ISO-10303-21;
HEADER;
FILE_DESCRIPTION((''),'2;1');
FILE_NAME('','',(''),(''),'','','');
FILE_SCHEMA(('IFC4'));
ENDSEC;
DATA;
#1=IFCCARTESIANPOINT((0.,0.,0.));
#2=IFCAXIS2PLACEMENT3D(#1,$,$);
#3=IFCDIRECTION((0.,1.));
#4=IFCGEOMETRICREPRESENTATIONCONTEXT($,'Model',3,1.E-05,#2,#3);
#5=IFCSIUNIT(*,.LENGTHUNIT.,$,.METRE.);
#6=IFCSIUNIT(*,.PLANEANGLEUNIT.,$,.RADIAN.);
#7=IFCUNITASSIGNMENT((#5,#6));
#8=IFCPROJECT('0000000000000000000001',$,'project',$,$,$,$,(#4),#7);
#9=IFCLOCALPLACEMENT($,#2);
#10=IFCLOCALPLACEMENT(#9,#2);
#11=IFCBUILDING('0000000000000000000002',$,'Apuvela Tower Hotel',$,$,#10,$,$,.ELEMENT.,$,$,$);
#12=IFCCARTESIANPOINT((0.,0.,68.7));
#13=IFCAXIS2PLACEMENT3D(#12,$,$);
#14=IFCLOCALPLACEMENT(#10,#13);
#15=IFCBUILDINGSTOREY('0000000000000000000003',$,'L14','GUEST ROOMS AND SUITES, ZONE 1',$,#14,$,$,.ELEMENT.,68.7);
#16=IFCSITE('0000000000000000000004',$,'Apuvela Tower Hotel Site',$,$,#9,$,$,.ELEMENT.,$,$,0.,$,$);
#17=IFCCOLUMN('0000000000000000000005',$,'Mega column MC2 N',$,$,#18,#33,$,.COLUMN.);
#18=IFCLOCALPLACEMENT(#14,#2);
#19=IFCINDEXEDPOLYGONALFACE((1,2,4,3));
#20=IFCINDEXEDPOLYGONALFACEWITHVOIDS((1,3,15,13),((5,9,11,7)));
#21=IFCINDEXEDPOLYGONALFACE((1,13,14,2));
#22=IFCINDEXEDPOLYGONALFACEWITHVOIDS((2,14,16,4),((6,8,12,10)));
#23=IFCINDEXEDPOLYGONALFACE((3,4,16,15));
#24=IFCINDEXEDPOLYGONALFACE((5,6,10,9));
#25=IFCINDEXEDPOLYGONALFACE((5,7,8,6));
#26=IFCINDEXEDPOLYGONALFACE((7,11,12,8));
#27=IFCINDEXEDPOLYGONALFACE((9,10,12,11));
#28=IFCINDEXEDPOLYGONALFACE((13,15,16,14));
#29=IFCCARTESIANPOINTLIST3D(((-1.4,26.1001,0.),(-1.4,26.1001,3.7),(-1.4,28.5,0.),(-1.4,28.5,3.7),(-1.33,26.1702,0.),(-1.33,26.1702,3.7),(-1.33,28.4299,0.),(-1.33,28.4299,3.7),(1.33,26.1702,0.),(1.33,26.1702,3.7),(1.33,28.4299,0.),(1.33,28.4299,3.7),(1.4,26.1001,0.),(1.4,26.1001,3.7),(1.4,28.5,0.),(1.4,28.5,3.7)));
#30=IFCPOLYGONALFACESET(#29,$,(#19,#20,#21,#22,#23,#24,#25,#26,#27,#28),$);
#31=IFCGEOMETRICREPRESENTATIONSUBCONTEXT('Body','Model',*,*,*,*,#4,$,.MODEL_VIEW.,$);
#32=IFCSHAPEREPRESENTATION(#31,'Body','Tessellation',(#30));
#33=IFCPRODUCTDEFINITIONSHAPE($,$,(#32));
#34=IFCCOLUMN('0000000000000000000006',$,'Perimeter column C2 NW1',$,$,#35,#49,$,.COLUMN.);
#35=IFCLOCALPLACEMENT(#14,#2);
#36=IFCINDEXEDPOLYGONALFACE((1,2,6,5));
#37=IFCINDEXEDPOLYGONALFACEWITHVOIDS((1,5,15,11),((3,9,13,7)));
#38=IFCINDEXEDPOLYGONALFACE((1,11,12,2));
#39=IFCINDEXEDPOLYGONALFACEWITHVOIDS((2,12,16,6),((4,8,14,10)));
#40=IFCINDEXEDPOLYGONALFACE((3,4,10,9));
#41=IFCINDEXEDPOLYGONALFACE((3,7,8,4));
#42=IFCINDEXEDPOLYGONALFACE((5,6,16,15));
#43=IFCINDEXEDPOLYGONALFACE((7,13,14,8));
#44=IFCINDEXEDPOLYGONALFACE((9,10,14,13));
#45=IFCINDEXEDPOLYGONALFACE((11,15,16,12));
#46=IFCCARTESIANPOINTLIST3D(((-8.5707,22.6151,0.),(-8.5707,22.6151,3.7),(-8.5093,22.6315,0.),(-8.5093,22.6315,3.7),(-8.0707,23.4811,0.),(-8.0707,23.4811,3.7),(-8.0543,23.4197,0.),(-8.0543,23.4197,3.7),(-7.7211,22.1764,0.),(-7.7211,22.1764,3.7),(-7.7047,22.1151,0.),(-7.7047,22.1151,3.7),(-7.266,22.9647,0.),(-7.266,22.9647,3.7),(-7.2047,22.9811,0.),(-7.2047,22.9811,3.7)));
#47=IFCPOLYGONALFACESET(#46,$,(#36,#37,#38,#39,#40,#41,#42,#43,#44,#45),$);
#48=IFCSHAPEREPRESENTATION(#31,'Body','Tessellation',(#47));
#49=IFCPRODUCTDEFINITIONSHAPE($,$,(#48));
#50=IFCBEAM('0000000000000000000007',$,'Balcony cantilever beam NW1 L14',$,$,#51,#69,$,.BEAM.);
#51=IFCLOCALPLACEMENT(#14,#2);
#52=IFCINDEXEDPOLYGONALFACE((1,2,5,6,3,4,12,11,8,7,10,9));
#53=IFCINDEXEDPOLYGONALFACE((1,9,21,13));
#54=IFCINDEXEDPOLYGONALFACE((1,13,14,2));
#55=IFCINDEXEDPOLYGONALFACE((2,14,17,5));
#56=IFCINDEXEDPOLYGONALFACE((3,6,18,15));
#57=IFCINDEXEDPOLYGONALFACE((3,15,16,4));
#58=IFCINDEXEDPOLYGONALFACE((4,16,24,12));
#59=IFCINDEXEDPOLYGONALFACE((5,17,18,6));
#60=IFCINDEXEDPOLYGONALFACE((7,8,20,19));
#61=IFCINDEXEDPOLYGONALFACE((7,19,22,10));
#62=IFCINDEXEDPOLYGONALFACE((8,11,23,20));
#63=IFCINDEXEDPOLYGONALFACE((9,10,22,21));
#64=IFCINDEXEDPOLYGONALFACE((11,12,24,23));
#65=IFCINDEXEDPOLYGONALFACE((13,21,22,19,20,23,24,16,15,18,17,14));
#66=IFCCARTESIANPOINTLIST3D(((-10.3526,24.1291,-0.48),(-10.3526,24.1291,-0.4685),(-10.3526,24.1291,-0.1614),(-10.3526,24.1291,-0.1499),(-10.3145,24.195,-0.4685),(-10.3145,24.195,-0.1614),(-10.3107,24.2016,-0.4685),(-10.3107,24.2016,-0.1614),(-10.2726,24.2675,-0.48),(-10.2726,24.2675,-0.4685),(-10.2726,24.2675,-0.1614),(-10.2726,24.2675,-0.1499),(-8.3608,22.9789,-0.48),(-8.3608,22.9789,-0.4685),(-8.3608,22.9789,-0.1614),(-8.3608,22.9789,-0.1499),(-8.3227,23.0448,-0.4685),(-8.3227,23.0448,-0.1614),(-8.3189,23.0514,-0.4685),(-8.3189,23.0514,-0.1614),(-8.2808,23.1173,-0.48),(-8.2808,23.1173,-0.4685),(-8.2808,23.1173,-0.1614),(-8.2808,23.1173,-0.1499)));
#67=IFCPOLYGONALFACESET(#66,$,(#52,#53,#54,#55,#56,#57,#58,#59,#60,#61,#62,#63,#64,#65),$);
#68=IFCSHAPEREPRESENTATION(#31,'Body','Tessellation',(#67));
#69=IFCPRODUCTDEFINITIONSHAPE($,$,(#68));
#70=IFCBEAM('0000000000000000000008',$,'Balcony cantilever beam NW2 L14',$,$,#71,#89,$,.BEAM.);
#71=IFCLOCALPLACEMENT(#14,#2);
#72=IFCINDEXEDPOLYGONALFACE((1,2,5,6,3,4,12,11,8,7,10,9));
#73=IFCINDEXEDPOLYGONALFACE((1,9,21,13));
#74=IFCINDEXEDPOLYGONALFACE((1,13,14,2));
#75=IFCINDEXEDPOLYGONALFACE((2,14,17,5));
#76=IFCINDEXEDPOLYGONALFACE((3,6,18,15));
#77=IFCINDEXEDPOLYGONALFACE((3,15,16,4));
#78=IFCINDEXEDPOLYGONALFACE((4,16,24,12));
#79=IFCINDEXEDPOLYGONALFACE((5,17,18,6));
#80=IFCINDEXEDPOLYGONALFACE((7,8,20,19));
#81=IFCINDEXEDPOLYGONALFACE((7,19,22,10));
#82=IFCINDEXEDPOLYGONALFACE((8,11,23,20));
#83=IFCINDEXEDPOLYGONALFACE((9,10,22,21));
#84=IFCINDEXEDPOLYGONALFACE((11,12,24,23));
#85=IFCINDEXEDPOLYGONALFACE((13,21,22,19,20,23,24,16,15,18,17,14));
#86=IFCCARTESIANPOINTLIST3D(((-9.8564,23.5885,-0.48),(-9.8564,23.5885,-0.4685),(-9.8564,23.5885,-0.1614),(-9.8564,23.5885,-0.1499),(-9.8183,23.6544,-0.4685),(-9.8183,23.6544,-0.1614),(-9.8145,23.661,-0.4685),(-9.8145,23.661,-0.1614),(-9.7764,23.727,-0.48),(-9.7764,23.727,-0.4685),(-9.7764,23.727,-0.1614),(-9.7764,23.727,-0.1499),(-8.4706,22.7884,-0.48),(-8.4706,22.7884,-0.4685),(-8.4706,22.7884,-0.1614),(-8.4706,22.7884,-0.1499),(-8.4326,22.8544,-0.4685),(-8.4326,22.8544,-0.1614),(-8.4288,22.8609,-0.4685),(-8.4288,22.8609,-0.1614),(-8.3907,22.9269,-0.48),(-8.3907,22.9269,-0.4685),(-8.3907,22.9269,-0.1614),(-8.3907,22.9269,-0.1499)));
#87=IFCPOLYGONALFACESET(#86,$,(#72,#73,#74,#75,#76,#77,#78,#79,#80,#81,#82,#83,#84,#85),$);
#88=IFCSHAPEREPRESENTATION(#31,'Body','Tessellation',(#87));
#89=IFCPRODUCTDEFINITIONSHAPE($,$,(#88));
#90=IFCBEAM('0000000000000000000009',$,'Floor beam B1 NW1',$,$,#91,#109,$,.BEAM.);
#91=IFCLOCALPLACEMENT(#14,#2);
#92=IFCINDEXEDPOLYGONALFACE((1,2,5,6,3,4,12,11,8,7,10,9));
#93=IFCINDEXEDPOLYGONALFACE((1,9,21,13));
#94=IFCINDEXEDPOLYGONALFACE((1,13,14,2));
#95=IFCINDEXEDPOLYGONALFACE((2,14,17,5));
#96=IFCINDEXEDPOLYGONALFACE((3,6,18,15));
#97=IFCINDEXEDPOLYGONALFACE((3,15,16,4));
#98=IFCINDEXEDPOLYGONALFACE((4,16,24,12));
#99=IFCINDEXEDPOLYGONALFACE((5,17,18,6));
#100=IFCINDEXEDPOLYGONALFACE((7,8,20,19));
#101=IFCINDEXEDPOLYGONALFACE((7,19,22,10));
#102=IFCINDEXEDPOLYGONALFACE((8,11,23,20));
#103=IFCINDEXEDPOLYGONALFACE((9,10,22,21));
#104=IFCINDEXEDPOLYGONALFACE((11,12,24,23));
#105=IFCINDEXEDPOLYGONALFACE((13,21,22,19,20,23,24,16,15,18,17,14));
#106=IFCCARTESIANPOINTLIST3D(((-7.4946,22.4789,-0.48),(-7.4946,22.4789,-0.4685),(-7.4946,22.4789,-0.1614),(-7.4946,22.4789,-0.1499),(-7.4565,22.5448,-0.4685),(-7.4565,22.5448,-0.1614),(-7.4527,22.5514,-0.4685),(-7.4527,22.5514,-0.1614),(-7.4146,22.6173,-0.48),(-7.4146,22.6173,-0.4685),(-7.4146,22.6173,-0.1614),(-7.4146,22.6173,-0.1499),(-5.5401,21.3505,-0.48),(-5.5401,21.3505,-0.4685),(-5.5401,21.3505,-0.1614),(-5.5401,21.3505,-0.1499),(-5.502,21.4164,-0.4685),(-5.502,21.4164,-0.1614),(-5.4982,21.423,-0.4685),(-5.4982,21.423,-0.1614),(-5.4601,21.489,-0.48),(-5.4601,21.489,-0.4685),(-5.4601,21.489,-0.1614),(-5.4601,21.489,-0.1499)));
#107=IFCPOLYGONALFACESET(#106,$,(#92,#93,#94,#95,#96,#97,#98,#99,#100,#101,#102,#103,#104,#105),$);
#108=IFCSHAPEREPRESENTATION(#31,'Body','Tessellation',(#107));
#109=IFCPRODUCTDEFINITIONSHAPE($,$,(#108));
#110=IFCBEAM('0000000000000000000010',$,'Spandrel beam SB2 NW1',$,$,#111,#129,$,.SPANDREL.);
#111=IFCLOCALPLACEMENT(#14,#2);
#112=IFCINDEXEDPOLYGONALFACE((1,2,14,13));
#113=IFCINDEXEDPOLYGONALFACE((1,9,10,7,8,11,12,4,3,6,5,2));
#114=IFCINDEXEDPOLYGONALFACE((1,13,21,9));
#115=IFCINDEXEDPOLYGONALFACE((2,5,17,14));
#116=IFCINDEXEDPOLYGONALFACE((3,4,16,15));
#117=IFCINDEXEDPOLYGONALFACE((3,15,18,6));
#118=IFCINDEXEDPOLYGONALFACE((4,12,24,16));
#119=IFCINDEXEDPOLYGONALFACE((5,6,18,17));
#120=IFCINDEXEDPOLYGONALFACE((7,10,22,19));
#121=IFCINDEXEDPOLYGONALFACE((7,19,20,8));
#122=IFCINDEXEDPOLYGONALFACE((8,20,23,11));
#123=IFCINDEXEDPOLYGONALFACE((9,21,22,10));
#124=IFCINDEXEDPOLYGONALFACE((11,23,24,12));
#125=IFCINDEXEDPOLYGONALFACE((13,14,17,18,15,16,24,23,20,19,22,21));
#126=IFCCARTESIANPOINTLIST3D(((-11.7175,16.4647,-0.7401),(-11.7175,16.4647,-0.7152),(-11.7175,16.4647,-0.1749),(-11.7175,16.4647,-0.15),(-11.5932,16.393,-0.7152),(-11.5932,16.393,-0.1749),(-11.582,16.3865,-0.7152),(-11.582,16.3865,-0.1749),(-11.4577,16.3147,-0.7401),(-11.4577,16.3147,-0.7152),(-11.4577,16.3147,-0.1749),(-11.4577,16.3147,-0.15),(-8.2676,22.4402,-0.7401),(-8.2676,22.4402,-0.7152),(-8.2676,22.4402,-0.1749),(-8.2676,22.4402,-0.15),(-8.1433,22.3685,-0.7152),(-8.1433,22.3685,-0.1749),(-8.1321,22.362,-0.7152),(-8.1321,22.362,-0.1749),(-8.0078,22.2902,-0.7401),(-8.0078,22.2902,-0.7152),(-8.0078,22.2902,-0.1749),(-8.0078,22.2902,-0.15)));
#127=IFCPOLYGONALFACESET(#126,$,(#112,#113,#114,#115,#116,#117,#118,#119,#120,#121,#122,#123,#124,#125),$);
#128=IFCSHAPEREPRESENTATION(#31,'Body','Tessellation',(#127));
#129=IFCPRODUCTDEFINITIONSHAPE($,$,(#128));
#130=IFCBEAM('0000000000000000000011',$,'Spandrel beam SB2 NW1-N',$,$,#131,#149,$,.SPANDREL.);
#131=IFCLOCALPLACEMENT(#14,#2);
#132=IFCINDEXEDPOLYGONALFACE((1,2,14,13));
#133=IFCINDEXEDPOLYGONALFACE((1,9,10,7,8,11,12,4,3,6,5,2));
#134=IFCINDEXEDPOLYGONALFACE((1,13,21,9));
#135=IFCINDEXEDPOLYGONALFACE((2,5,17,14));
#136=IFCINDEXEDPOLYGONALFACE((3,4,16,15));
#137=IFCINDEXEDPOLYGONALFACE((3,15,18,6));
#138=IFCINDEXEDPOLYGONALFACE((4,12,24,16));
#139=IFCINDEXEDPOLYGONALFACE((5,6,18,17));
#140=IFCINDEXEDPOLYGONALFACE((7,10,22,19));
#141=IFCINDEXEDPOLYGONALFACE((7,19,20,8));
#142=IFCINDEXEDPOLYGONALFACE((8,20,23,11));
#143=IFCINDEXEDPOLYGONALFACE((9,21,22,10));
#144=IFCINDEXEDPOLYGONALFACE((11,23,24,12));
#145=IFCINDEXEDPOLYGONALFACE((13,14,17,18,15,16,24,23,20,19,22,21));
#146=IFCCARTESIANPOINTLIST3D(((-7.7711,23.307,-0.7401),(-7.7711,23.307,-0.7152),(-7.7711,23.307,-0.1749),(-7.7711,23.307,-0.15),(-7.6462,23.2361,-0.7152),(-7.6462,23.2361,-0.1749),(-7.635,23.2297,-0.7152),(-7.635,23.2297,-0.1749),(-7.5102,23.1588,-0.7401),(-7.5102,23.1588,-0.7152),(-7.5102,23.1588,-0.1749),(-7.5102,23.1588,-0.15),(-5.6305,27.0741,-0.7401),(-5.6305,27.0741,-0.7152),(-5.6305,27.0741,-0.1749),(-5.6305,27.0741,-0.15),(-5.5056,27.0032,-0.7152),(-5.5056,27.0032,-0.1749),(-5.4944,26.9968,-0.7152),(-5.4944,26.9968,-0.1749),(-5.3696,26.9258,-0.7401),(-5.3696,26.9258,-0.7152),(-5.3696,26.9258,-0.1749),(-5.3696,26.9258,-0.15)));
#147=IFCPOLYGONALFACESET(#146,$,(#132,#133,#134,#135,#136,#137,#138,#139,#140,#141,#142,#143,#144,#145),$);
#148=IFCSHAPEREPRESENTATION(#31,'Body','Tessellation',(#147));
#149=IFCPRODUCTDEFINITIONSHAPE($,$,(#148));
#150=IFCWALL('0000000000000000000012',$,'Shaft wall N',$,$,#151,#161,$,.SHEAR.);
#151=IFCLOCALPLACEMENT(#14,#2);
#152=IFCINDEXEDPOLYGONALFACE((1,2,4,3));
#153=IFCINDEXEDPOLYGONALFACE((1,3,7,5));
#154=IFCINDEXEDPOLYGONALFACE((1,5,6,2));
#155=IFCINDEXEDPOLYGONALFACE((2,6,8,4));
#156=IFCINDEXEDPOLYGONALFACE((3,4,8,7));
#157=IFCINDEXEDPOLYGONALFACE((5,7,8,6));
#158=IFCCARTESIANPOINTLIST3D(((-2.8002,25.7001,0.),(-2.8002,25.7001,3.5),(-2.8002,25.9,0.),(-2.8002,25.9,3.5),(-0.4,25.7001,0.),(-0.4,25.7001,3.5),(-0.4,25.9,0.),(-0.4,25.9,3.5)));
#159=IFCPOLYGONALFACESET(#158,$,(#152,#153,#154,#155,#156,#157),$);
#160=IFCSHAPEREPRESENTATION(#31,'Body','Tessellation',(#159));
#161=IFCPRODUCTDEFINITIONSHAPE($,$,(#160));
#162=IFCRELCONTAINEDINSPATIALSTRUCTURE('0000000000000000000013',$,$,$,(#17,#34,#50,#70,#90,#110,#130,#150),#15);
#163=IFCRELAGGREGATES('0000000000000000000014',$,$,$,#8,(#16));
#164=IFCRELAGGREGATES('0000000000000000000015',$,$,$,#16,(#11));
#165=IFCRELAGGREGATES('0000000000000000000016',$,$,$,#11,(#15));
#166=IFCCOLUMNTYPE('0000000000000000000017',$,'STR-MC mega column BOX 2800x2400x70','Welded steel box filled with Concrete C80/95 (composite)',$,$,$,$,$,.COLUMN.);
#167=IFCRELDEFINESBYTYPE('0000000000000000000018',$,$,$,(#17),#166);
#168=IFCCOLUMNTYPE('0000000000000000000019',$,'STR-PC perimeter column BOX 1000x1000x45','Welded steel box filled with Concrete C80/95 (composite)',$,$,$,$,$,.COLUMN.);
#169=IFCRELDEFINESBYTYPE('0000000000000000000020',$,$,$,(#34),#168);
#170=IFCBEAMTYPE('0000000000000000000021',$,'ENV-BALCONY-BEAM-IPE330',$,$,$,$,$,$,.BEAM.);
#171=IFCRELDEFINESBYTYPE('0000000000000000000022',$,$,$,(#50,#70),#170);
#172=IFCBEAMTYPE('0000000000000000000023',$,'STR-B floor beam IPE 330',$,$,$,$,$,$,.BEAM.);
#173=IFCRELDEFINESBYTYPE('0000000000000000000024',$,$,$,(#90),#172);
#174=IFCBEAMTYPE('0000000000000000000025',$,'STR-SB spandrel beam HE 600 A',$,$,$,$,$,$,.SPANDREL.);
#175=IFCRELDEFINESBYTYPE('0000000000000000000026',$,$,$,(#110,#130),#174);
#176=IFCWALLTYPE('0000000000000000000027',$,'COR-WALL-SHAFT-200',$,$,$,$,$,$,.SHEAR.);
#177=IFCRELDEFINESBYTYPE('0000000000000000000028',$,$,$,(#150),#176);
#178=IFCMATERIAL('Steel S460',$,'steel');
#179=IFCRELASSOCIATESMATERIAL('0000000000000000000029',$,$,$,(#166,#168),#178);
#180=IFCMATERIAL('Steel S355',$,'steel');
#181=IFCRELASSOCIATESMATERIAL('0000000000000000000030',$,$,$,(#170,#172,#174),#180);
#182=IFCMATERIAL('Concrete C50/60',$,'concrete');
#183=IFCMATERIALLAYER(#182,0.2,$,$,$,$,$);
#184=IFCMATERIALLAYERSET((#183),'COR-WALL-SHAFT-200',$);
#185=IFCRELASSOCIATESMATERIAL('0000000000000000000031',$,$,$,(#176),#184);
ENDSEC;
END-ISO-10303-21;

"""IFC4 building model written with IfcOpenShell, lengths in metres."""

from ifc_helpers import new_model, si_unit, direction, frame, frame_2d, origin, origin_2d, place, context, subcontext, project, spatial, rectangle, hollow_rectangle, i_section, extrude, material, layer, layer_set, material_profile, profile_set, type_object, element, save


model = new_model("IFC4")

# Units and contexts
model_context = context("Model", 3, precision=1e-05, world=origin(), true_north=direction((0.0, 1.0)))
body_context = subcontext(model_context, "Body", "Model", "MODEL_VIEW")
ifc_project = project(units=[si_unit("LENGTHUNIT", "METRE"), si_unit("PLANEANGLEUNIT", "RADIAN")], contexts=[model_context])

# Site, building, storey
site_placement = place(None, origin())
site = spatial("IfcSite", under=ifc_project, at=site_placement, Name="Apuvela Tower Hotel Site", CompositionType="ELEMENT", RefElevation=0.0)
building_placement = place(site_placement, origin())
building = spatial("IfcBuilding", under=site, at=building_placement, Name="Apuvela Tower Hotel", CompositionType="ELEMENT")
storey_placement = place(building_placement, frame((0.0, 0.0, 68.7)))
storey = spatial("IfcBuildingStorey", under=building, at=storey_placement, Name="L14", Description="GUEST ROOMS AND SUITES, ZONE 1", CompositionType="ELEMENT", Elevation=68.7)

# Columns
ifc_material_1 = material(Name="Steel S460", Category="steel")
ifc_material_profile_1 = material_profile(ifc_material_1, hollow_rectangle(XDim=2.8, YDim=2.3999, WallThickness=0.0701, at=origin_2d()), Name="BOX 2800x2400x70")
ifc_material_2 = material(Name="Concrete C80/95", Category="concrete")
ifc_material_profile_2 = material_profile(ifc_material_2, rectangle(XDim=2.6599, YDim=2.26, at=origin_2d()), Name="Concrete C80/95 infill")
ifc_profile_set_1 = profile_set([ifc_material_profile_1, ifc_material_profile_2], Name="Steel S460")
column_type_1 = type_object("IfcColumnType", Name="STR-MC mega column BOX 2800x2400x70", Description="Welded steel box filled with Concrete C80/95 (composite)", PredefinedType="COLUMN", material=ifc_profile_set_1)
column_1_placement = place(storey_placement, frame((0.0, 27.3, 0.0), z_axis=(0.0, 0.0, 1.0), x_axis=(1.0, 0.0, 0.0)))
element("IfcColumn", 1, at=column_1_placement, inside=storey, type_object=column_type_1, Name="Mega column MC2 N", PredefinedType="COLUMN", context=body_context, shape_type="SweptSolid", body=[
    extrude(hollow_rectangle(XDim=2.8, YDim=2.3999, WallThickness=0.0701, at=origin_2d()), origin(), (0.0, 0.0, 1.0), 3.7),
])
ifc_material_profile_3 = material_profile(ifc_material_1, hollow_rectangle(XDim=1.0, YDim=1.0, WallThickness=0.0449, at=origin_2d()), Name="BOX 1000x1000x45")
ifc_material_profile_4 = material_profile(ifc_material_2, rectangle(XDim=0.9099, YDim=0.9099, at=origin_2d()), Name="Concrete C80/95 infill")
ifc_profile_set_2 = profile_set([ifc_material_profile_3, ifc_material_profile_4], Name="Steel S460")
column_type_2 = type_object("IfcColumnType", Name="STR-PC perimeter column BOX 1000x1000x45", Description="Welded steel box filled with Concrete C80/95 (composite)", PredefinedType="COLUMN", material=ifc_profile_set_2)
column_2_placement = place(storey_placement, frame((-7.8877, 22.7981, 0.0), z_axis=(0.0, 0.0, 1.0), x_axis=(0.5, 0.866025, 0.0)))
element("IfcColumn", 2, at=column_2_placement, inside=storey, type_object=column_type_2, Name="Perimeter column C2 NW1", PredefinedType="COLUMN", context=body_context, shape_type="SweptSolid", body=[
    extrude(hollow_rectangle(XDim=1.0, YDim=1.0, WallThickness=0.0449, at=origin_2d()), origin(), (0.0, 0.0, 1.0), 3.7),
])

# Beams
ifc_material_3 = material(Name="Steel S355", Category="steel")
ifc_material_profile_5 = material_profile(ifc_material_3, i_section(OverallWidth=0.1599, OverallDepth=0.3301, WebThickness=0.0076, FlangeThickness=0.0115, at=origin_2d()), Name="IPE 330")
ifc_profile_set_3 = profile_set([ifc_material_profile_5], Name="Steel S355")
beam_type_1 = type_object("IfcBeamType", Name="ENV-BALCONY-BEAM-IPE330", PredefinedType="BEAM", material=ifc_profile_set_3)
beam_1_placement = place(storey_placement, frame((-8.3208, 23.0481, -0.3149), z_axis=(-0.865981, 0.500078, 0.0), x_axis=(-0.500078, -0.865981, 0.0)))
element("IfcBeam", 3, at=beam_1_placement, inside=storey, type_object=beam_type_1, Name="Balcony cantilever beam NW1 L14", PredefinedType="BEAM", context=body_context, shape_type="SweptSolid", body=[
    extrude(i_section(OverallWidth=0.1599, OverallDepth=0.3301, WebThickness=0.0076, FlangeThickness=0.0115, at=origin_2d()), origin(), (0.0, 0.0, 1.0), 2.3),
])
beam_2_placement = place(storey_placement, frame((-8.4307, 22.8577, -0.3149), z_axis=(-0.866028, 0.499995, 0.0), x_axis=(-0.499995, -0.866028, 0.0)))
element("IfcBeam", 4, at=beam_2_placement, inside=storey, type_object=beam_type_1, Name="Balcony cantilever beam NW2 L14", PredefinedType="BEAM", context=body_context, shape_type="SweptSolid", body=[
    extrude(i_section(OverallWidth=0.1599, OverallDepth=0.3301, WebThickness=0.0076, FlangeThickness=0.0115, at=origin_2d()), origin(), (0.0, 0.0, 1.0), 1.6001),
])
ifc_material_profile_6 = material_profile(ifc_material_3, i_section(OverallWidth=0.1599, OverallDepth=0.3301, WebThickness=0.0076, FlangeThickness=0.0115, at=origin_2d()), Name="IPE 330")
ifc_profile_set_4 = profile_set([ifc_material_profile_6], Name="Steel S355")
beam_type_2 = type_object("IfcBeamType", Name="STR-B floor beam IPE 330", PredefinedType="BEAM", material=ifc_profile_set_4)
beam_3_placement = place(storey_placement, frame((-7.4546, 22.5481, -0.3149), z_axis=(0.866038, -0.499978, 0.0), x_axis=(0.499978, 0.866038, 0.0)))
element("IfcBeam", 5, at=beam_3_placement, inside=storey, type_object=beam_type_2, Name="Floor beam B1 NW1", PredefinedType="BEAM", context=body_context, shape_type="SweptSolid", body=[
    extrude(i_section(OverallWidth=0.1599, OverallDepth=0.3301, WebThickness=0.0076, FlangeThickness=0.0115, at=origin_2d()), origin(), (0.0, 0.0, 1.0), 2.2568),
])
ifc_material_profile_7 = material_profile(ifc_material_3, i_section(OverallWidth=0.3, OverallDepth=0.5901, WebThickness=0.0129, FlangeThickness=0.0249, at=origin_2d()), Name="HE 600 A")
ifc_profile_set_5 = profile_set([ifc_material_profile_7], Name="Steel S355")
beam_type_3 = type_object("IfcBeamType", Name="STR-SB spandrel beam HE 600 A", PredefinedType="SPANDREL", material=ifc_profile_set_5)
beam_4_placement = place(storey_placement, frame((-8.1377, 22.3652, -0.4451), z_axis=(-0.499994, -0.866029, 0.0), x_axis=(0.866029, -0.499994, 0.0)))
element("IfcBeam", 6, at=beam_4_placement, inside=storey, type_object=beam_type_3, Name="Spandrel beam SB2 NW1", PredefinedType="SPANDREL", context=body_context, shape_type="SweptSolid", body=[
    extrude(i_section(OverallWidth=0.3, OverallDepth=0.5901, WebThickness=0.0129, FlangeThickness=0.0249, at=origin_2d()), origin(), (0.0, 0.0, 1.0), 6.8999),
])
beam_5_placement = place(storey_placement, frame((-7.6406, 23.2329, -0.4451), z_axis=(0.49405, 0.869433, 0.0), x_axis=(-0.869433, 0.49405, 0.0)))
element("IfcBeam", 7, at=beam_5_placement, inside=storey, type_object=beam_type_3, Name="Spandrel beam SB2 NW1-N", PredefinedType="SPANDREL", context=body_context, shape_type="SweptSolid", body=[
    extrude(i_section(OverallWidth=0.3, OverallDepth=0.5901, WebThickness=0.0129, FlangeThickness=0.0249, at=origin_2d()), origin(), (0.0, 0.0, 1.0), 4.3328),
])

# Wall
ifc_material_4 = material(Name="Concrete C50/60", Category="concrete")
ifc_layer_1 = layer(ifc_material_4, 0.2)
ifc_layer_set_1 = layer_set([ifc_layer_1], Name="COR-WALL-SHAFT-200")
wall_type_1 = type_object("IfcWallType", Name="COR-WALL-SHAFT-200", PredefinedType="SHEAR", material=ifc_layer_set_1)
wall_1_placement = place(storey_placement, frame((-0.3999, 25.8, 0.0), z_axis=(0.0, 0.0, 1.0), x_axis=(-1.0, 0.0, 0.0)))
element("IfcWall", 8, at=wall_1_placement, inside=storey, type_object=wall_type_1, Name="Shaft wall N", PredefinedType="SHEAR", context=body_context, shape_type="SweptSolid", body=[
    extrude(rectangle(XDim=2.4001, YDim=0.2, at=frame_2d((1.2002, 0.0))), origin(), (0.0, 0.0, 1.0), 3.5),
])

save(model, "model.ifc")
